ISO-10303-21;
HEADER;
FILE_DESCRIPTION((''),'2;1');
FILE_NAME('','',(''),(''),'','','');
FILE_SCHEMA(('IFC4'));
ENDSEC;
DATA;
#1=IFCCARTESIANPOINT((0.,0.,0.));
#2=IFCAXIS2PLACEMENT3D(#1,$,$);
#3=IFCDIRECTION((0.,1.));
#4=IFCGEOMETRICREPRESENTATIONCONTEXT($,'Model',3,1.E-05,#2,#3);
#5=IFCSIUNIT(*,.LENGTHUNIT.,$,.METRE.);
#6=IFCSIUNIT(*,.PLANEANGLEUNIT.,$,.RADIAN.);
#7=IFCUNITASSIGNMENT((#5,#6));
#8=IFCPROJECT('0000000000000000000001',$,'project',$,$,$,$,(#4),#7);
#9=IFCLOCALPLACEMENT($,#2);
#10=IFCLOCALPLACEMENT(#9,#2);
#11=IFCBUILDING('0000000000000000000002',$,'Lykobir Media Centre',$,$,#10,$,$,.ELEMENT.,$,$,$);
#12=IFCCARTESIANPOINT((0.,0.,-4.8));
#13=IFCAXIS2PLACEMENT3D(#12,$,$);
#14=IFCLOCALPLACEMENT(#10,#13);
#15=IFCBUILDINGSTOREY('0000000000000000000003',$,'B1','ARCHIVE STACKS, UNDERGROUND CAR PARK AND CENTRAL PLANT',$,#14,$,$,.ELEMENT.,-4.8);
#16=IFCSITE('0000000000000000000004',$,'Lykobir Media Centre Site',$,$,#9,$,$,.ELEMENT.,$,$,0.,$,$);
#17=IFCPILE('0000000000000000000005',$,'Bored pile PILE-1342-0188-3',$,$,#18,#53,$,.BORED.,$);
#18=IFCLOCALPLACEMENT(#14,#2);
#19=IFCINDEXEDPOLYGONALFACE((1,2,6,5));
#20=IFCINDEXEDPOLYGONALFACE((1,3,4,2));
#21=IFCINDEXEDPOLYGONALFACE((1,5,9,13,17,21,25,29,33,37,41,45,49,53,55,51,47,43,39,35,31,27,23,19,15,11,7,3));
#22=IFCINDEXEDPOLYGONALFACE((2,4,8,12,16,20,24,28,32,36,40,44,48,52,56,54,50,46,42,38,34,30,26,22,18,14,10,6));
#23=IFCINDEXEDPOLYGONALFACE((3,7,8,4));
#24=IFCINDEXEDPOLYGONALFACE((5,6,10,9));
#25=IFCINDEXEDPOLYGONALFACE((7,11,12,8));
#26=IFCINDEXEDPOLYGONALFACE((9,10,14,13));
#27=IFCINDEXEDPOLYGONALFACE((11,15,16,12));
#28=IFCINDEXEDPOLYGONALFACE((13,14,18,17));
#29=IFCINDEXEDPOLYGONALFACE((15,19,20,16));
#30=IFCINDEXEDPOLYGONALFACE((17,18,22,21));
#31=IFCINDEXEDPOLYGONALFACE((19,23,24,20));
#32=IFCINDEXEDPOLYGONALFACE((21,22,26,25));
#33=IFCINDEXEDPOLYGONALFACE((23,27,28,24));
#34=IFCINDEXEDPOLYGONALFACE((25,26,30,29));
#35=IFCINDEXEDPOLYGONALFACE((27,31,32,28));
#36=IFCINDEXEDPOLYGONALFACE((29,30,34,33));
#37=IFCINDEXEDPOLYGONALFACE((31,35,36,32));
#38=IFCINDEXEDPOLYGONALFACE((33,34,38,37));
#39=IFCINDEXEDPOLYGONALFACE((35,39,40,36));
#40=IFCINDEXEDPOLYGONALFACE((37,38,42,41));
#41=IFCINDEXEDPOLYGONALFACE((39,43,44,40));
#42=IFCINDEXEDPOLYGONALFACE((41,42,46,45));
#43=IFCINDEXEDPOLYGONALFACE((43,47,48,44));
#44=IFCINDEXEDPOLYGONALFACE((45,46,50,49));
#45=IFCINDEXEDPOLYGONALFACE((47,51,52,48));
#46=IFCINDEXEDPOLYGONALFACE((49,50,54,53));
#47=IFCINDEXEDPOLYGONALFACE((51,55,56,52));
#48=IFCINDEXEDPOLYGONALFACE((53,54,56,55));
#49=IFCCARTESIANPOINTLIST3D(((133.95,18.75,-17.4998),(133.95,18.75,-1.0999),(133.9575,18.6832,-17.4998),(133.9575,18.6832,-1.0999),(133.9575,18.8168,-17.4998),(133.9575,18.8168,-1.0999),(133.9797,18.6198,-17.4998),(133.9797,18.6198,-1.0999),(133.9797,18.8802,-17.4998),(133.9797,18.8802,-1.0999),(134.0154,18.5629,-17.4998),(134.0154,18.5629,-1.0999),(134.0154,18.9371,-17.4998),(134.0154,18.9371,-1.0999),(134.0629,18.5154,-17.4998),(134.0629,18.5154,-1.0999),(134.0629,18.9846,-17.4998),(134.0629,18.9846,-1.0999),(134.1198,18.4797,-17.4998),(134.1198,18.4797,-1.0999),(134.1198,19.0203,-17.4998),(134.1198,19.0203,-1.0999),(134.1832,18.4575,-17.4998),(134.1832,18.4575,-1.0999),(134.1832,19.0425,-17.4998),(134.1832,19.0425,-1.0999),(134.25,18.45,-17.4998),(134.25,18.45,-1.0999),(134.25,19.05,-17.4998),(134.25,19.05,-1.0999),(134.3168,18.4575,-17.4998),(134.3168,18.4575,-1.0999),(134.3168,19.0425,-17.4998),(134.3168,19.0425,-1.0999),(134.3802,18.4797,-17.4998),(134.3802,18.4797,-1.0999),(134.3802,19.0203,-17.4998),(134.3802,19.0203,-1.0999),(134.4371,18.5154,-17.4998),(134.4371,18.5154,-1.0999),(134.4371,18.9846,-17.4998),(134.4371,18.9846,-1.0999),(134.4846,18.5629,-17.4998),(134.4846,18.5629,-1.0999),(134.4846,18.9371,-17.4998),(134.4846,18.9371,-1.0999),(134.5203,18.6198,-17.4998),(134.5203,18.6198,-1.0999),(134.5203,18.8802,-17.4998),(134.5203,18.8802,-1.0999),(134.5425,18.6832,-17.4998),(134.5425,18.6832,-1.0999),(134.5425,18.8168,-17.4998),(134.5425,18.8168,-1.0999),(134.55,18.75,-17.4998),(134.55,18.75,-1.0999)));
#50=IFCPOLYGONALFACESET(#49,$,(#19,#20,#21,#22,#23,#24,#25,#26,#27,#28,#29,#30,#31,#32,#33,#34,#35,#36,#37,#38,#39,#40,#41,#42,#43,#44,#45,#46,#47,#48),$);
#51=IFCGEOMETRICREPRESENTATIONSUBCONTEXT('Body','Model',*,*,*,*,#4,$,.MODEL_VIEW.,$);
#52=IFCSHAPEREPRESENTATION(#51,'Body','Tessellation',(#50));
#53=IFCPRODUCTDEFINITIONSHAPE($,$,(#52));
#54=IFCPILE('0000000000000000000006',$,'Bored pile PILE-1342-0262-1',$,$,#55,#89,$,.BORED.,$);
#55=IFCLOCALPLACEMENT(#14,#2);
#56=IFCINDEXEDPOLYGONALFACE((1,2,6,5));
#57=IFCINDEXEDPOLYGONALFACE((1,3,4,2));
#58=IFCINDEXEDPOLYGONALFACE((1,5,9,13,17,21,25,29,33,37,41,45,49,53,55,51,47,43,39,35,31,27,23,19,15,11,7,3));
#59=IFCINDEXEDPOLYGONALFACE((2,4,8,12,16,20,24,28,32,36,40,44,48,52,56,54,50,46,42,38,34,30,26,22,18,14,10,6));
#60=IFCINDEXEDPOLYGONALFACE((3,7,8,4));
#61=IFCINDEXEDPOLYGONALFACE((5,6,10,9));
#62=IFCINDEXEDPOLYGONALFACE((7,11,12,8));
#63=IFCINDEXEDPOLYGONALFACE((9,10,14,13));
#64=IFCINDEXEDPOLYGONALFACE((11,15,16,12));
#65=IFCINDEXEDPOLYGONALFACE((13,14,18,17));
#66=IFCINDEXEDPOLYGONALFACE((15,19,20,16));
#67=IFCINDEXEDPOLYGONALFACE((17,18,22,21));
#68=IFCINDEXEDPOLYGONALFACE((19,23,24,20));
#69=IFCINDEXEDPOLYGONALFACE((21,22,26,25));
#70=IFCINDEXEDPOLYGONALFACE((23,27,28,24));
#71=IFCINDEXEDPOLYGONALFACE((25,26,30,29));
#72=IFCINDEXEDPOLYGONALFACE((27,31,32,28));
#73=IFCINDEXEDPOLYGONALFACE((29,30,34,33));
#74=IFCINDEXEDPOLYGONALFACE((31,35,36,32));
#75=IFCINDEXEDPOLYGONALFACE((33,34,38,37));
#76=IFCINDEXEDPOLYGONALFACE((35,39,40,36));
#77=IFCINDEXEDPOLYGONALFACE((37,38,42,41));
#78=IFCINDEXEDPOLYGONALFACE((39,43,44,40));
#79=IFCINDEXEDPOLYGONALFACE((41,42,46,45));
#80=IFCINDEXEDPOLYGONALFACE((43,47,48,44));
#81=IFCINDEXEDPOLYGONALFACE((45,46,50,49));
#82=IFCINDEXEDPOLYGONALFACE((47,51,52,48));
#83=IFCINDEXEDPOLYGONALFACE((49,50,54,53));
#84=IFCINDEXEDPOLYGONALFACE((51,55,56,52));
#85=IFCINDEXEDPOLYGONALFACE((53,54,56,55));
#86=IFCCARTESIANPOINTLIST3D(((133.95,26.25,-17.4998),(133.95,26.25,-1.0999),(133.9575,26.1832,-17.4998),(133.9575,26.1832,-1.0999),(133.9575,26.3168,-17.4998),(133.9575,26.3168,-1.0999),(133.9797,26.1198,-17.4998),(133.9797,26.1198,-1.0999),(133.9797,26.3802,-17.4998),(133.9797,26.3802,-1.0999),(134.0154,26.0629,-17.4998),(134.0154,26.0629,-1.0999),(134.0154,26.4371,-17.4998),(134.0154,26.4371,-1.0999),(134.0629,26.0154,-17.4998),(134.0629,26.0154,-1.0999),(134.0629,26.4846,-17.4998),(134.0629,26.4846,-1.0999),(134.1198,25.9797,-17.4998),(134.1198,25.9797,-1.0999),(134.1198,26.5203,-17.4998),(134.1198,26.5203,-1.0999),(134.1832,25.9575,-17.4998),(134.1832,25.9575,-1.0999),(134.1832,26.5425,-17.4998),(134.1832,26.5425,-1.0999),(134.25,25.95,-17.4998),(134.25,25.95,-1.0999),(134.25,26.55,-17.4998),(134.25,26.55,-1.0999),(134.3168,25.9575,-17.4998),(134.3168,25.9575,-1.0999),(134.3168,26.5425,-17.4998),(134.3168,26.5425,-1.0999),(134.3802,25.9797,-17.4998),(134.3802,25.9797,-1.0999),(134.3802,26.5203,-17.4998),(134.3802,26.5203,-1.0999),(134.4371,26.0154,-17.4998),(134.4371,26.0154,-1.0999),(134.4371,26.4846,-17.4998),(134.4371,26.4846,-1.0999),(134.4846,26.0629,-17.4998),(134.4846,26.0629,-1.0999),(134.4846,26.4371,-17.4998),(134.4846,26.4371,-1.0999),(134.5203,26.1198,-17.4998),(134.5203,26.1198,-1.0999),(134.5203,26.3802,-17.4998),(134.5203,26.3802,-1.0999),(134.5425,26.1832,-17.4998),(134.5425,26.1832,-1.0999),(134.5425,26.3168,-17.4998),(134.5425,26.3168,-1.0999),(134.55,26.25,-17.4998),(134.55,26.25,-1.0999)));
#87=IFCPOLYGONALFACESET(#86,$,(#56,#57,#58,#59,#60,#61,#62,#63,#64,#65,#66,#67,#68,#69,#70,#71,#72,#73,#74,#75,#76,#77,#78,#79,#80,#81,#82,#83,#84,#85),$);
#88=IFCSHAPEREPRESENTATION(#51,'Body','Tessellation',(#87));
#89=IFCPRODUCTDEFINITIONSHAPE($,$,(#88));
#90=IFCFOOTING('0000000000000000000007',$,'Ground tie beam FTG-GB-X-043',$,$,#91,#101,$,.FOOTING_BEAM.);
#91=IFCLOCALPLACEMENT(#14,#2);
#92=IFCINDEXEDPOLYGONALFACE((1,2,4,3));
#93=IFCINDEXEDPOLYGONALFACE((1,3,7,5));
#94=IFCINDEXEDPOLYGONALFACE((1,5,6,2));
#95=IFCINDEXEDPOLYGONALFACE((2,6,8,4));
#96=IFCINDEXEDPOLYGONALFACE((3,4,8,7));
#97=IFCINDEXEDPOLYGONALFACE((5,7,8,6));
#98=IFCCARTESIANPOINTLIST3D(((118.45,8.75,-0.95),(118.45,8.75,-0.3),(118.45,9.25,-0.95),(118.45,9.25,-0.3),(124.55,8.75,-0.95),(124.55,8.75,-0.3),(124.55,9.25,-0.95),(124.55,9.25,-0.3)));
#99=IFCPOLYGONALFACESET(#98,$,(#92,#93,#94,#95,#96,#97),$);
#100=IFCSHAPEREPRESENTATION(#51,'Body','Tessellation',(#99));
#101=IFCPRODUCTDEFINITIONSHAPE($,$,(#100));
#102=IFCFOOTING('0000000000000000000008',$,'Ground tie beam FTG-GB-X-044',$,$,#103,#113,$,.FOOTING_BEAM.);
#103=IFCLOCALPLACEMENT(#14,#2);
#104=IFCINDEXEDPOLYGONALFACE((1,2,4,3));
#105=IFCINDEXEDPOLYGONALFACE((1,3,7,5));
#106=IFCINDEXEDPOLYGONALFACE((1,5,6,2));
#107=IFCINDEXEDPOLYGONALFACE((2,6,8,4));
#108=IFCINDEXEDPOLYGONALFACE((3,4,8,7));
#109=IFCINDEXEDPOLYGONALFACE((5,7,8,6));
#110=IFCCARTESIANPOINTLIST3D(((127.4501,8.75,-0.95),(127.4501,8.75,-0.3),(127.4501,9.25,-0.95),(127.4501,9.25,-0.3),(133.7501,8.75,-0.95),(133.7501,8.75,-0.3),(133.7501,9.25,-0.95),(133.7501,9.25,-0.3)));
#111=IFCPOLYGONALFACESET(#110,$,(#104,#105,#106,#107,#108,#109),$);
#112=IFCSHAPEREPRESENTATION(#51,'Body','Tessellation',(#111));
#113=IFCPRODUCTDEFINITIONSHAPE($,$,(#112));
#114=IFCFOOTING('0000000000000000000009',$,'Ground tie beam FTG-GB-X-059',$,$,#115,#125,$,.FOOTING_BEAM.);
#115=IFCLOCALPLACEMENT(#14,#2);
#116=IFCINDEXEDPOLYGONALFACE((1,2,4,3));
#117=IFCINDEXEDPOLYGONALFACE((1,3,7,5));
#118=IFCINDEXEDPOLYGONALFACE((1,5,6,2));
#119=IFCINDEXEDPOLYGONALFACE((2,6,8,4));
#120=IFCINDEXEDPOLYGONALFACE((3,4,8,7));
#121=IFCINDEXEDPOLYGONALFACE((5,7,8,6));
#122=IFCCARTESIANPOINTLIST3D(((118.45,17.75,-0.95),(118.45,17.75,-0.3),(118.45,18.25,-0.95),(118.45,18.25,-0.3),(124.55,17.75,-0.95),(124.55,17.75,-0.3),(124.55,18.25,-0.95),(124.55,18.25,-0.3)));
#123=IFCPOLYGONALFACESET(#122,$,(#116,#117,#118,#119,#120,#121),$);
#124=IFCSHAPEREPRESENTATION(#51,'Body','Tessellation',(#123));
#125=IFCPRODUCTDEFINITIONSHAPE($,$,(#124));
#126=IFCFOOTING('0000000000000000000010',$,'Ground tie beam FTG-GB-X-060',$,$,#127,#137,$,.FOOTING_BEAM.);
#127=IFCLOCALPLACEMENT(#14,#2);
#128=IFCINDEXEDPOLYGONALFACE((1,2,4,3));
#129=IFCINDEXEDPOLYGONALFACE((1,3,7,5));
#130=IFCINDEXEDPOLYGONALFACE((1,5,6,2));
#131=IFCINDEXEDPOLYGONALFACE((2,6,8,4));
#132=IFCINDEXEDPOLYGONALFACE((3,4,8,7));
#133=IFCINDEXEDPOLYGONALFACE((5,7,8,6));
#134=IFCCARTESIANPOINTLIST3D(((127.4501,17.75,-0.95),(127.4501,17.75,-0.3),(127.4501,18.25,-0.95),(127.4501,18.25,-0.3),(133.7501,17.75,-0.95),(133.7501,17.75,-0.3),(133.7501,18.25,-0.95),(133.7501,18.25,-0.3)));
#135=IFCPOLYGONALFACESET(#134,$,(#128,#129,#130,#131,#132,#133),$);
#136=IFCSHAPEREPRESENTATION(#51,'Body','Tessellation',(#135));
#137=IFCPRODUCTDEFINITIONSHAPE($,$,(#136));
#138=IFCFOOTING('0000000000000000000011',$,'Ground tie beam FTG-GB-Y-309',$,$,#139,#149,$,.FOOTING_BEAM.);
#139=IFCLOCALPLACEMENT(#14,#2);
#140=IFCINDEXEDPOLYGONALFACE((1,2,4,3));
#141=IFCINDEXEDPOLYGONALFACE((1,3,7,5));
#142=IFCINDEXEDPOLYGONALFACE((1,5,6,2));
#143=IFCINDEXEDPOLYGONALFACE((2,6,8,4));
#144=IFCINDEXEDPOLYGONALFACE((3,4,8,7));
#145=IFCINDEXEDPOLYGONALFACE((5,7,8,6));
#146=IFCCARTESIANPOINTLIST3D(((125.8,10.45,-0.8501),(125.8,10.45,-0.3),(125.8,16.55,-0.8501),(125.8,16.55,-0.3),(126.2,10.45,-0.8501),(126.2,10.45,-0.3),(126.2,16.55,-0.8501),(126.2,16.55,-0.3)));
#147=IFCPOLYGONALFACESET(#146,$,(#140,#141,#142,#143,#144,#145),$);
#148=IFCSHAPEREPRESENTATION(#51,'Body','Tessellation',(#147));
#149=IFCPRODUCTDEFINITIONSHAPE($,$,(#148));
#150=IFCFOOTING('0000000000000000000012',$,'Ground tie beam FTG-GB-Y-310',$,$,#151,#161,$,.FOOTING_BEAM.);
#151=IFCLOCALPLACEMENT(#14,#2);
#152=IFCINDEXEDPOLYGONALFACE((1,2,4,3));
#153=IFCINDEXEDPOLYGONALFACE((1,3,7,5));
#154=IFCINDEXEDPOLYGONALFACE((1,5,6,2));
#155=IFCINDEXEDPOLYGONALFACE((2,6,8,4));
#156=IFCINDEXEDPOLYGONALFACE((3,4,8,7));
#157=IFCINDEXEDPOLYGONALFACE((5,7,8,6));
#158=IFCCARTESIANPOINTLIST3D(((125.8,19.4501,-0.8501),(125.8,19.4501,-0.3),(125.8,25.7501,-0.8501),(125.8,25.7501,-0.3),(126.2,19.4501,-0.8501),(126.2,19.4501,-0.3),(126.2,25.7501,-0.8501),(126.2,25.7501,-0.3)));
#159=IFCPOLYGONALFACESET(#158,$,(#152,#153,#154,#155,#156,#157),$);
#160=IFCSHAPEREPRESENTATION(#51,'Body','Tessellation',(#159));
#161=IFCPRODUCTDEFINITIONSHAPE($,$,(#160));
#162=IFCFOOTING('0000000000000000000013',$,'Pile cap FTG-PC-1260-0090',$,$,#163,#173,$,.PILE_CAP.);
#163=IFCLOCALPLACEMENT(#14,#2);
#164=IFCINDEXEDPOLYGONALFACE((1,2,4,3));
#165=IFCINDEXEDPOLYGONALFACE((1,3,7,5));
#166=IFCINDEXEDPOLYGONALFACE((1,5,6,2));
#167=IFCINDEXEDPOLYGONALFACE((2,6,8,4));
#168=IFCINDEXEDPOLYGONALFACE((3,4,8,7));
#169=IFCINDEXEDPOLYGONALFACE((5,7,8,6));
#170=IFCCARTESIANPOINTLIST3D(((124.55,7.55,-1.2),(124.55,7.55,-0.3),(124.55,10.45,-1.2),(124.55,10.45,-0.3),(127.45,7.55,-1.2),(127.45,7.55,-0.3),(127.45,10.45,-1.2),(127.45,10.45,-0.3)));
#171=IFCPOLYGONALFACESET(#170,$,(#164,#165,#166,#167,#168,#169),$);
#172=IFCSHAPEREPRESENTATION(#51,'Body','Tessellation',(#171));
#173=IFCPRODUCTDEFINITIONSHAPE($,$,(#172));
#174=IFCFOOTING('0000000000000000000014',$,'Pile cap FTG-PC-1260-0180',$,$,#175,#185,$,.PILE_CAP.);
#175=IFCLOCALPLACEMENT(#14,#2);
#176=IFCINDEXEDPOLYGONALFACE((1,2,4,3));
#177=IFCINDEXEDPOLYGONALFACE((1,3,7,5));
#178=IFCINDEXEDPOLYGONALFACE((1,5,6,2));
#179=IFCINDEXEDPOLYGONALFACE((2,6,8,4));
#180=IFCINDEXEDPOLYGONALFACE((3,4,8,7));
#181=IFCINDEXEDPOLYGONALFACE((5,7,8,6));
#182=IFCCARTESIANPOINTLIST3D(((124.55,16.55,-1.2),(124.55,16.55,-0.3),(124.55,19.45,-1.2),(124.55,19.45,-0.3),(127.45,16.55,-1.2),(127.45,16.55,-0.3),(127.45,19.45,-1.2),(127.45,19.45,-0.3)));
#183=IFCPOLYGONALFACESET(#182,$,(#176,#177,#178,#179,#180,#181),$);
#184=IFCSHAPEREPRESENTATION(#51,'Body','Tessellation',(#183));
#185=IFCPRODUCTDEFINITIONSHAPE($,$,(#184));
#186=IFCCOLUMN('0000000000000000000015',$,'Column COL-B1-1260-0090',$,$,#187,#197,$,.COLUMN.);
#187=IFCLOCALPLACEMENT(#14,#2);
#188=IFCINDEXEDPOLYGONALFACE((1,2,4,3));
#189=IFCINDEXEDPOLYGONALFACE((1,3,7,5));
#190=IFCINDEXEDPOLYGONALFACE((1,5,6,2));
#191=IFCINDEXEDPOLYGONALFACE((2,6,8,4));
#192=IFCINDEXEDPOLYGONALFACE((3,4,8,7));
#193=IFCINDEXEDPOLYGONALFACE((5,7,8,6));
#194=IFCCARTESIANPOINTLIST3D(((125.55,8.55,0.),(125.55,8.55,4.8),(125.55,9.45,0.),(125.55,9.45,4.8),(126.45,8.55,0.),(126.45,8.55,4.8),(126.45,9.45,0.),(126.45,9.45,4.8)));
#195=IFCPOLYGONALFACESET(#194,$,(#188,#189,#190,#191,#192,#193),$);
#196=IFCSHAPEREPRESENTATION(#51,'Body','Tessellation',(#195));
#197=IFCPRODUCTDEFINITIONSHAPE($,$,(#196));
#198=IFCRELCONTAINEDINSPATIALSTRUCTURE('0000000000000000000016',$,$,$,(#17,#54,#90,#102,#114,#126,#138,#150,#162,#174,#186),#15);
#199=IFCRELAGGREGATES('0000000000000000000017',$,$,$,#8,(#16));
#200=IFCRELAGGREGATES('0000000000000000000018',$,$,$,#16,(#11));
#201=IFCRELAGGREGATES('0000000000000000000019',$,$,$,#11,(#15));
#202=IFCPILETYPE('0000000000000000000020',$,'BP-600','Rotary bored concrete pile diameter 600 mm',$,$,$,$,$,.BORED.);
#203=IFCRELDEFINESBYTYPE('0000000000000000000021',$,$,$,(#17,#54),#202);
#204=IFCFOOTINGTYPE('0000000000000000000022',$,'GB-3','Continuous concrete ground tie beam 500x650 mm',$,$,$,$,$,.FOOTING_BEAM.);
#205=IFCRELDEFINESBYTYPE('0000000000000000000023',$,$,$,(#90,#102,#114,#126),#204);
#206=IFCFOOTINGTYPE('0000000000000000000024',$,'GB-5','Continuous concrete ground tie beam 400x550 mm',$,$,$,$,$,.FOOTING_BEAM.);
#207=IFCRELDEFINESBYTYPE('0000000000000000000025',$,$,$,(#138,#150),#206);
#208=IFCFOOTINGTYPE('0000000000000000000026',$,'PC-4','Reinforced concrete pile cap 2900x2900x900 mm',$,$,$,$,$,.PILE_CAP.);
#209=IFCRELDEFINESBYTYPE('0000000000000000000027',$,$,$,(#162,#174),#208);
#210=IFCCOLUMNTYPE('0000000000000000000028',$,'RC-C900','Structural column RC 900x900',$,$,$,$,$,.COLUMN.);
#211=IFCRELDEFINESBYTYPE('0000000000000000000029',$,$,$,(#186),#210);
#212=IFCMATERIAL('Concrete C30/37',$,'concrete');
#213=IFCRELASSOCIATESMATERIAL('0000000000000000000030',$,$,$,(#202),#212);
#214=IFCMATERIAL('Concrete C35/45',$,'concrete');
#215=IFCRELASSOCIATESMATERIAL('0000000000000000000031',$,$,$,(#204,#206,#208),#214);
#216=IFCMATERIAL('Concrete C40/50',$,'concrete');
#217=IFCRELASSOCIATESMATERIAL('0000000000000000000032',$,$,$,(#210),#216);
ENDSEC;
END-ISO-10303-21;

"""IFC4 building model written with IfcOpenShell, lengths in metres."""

from ifc_helpers import new_model, si_unit, direction, frame, origin, origin_2d, place, context, subcontext, project, spatial, rectangle, circle, extrude, material, material_profile, profile_set, type_object, element, save


model = new_model("IFC4")

# Units and contexts
model_context = context("Model", 3, precision=1e-05, world=origin(), true_north=direction((0.0, 1.0)))
body_context = subcontext(model_context, "Body", "Model", "MODEL_VIEW")
ifc_project = project(units=[si_unit("LENGTHUNIT", "METRE"), si_unit("PLANEANGLEUNIT", "RADIAN")], contexts=[model_context])

# Site, building, storey
site_placement = place(None, origin())
site = spatial("IfcSite", under=ifc_project, at=site_placement, Name="Lykobir Media Centre Site", CompositionType="ELEMENT", RefElevation=0.0)
building_placement = place(site_placement, origin())
building = spatial("IfcBuilding", under=site, at=building_placement, Name="Lykobir Media Centre", CompositionType="ELEMENT")
storey_placement = place(building_placement, frame((0.0, 0.0, -4.8)))
storey = spatial("IfcBuildingStorey", under=building, at=storey_placement, Name="B1", Description="ARCHIVE STACKS, UNDERGROUND CAR PARK AND CENTRAL PLANT", CompositionType="ELEMENT", Elevation=-4.8)

# Piles
ifc_material_1 = material(Name="Concrete C30/37", Category="concrete")
ifc_material_profile_1 = material_profile(ifc_material_1, circle(Radius=0.3, at=origin_2d()), Name="BORED PILE D600")
ifc_profile_set_1 = profile_set([ifc_material_profile_1], Name="Concrete C30/37")
pile_type = type_object("IfcPileType", Name="BP-600", Description="Rotary bored concrete pile diameter 600 mm", PredefinedType="BORED", material=ifc_profile_set_1)
for number, where, z_axis, x_axis, name in (
    (1, (134.25, 18.75, -1.0999), (0.0, 0.0, -1.0), (1.0, 0.0, 0.0), "Bored pile PILE-1342-0188-3"),
    (2, (134.25, 26.25, -1.0999), (0.0, 0.0, -1.0), (1.0, 0.0, 0.0), "Bored pile PILE-1342-0262-1"),
):
    element("IfcPile", number, at=place(storey_placement, frame(where, z_axis=z_axis, x_axis=x_axis)), inside=storey, type_object=pile_type, Name=name, PredefinedType="BORED", context=body_context, shape_type="SweptSolid", body=[
        extrude(circle(Radius=0.3, at=origin_2d()), origin(), (0.0, 0.0, 1.0), 16.3999),
    ])

# Footings
ifc_material_2 = material(Name="Concrete C35/45", Category="concrete")
footing_type_1 = type_object("IfcFootingType", Name="GB-3", Description="Continuous concrete ground tie beam 500x650 mm", PredefinedType="FOOTING_BEAM", material=ifc_material_2)
footing_1_placement = place(storey_placement, frame((121.5, 9.0, -0.95), z_axis=(0.0, 0.0, 1.0), x_axis=(1.0, 0.0, 0.0)))
element("IfcFooting", 3, at=footing_1_placement, inside=storey, type_object=footing_type_1, Name="Ground tie beam FTG-GB-X-043", PredefinedType="FOOTING_BEAM", context=body_context, shape_type="SweptSolid", body=[
    extrude(rectangle(XDim=6.1001, YDim=0.5, at=origin_2d()), origin(), (0.0, 0.0, 1.0), 0.6499),
])
footing_2_placement = place(storey_placement, frame((130.6001, 9.0, -0.95), z_axis=(0.0, 0.0, 1.0), x_axis=(1.0, 0.0, 0.0)))
element("IfcFooting", 4, at=footing_2_placement, inside=storey, type_object=footing_type_1, Name="Ground tie beam FTG-GB-X-044", PredefinedType="FOOTING_BEAM", context=body_context, shape_type="SweptSolid", body=[
    extrude(rectangle(XDim=6.3, YDim=0.5, at=origin_2d()), origin(), (0.0, 0.0, 1.0), 0.6499),
])
footing_3_placement = place(storey_placement, frame((121.5, 18.0, -0.95), z_axis=(0.0, 0.0, 1.0), x_axis=(1.0, 0.0, 0.0)))
element("IfcFooting", 5, at=footing_3_placement, inside=storey, type_object=footing_type_1, Name="Ground tie beam FTG-GB-X-059", PredefinedType="FOOTING_BEAM", context=body_context, shape_type="SweptSolid", body=[
    extrude(rectangle(XDim=6.1001, YDim=0.5, at=origin_2d()), origin(), (0.0, 0.0, 1.0), 0.6499),
])
footing_4_placement = place(storey_placement, frame((130.6001, 18.0, -0.95), z_axis=(0.0, 0.0, 1.0), x_axis=(1.0, 0.0, 0.0)))
element("IfcFooting", 6, at=footing_4_placement, inside=storey, type_object=footing_type_1, Name="Ground tie beam FTG-GB-X-060", PredefinedType="FOOTING_BEAM", context=body_context, shape_type="SweptSolid", body=[
    extrude(rectangle(XDim=6.3, YDim=0.5, at=origin_2d()), origin(), (0.0, 0.0, 1.0), 0.6499),
])
footing_type_2 = type_object("IfcFootingType", Name="GB-5", Description="Continuous concrete ground tie beam 400x550 mm", PredefinedType="FOOTING_BEAM", material=ifc_material_2)
footing_5_placement = place(storey_placement, frame((126.0, 13.5, -0.8501), z_axis=(0.0, 0.0, 1.0), x_axis=(0.0, 1.0, 0.0)))
element("IfcFooting", 7, at=footing_5_placement, inside=storey, type_object=footing_type_2, Name="Ground tie beam FTG-GB-Y-309", PredefinedType="FOOTING_BEAM", context=body_context, shape_type="SweptSolid", body=[
    extrude(rectangle(XDim=6.1001, YDim=0.3999, at=origin_2d()), origin(), (0.0, 0.0, 1.0), 0.55),
])
footing_6_placement = place(storey_placement, frame((126.0, 22.6001, -0.8501), z_axis=(0.0, 0.0, 1.0), x_axis=(0.0, 1.0, 0.0)))
element("IfcFooting", 8, at=footing_6_placement, inside=storey, type_object=footing_type_2, Name="Ground tie beam FTG-GB-Y-310", PredefinedType="FOOTING_BEAM", context=body_context, shape_type="SweptSolid", body=[
    extrude(rectangle(XDim=6.3, YDim=0.3999, at=origin_2d()), origin(), (0.0, 0.0, 1.0), 0.55),
])
footing_type_3 = type_object("IfcFootingType", Name="PC-4", Description="Reinforced concrete pile cap 2900x2900x900 mm", PredefinedType="PILE_CAP", material=ifc_material_2)
for number, where, z_axis, x_axis, name in (
    (9, (126.0, 9.0, -1.2), (0.0, 0.0, 1.0), (1.0, 0.0, 0.0), "Pile cap FTG-PC-1260-0090"),
    (10, (126.0, 18.0, -1.2), (0.0, 0.0, 1.0), (1.0, 0.0, 0.0), "Pile cap FTG-PC-1260-0180"),
):
    element("IfcFooting", number, at=place(storey_placement, frame(where, z_axis=z_axis, x_axis=x_axis)), inside=storey, type_object=footing_type_3, Name=name, PredefinedType="PILE_CAP", context=body_context, shape_type="SweptSolid", body=[
        extrude(rectangle(XDim=2.8999, YDim=2.8999, at=origin_2d()), origin(), (0.0, 0.0, 1.0), 0.8999),
    ])

# Column
ifc_material_3 = material(Name="Concrete C40/50", Category="concrete")
ifc_material_profile_2 = material_profile(ifc_material_3, rectangle(XDim=0.8999, YDim=0.8999, at=origin_2d()), Name="RC 900x900")
ifc_profile_set_2 = profile_set([ifc_material_profile_2], Name="Concrete C40/50")
column_type = type_object("IfcColumnType", Name="RC-C900", Description="Structural column RC 900x900", PredefinedType="COLUMN", material=ifc_profile_set_2)
for number, where, z_axis, x_axis, name in (
    (11, (126.0, 9.0, 0.0), (0.0, 0.0, 1.0), (1.0, 0.0, 0.0), "Column COL-B1-1260-0090"),
):
    element("IfcColumn", number, at=place(storey_placement, frame(where, z_axis=z_axis, x_axis=x_axis)), inside=storey, type_object=column_type, Name=name, PredefinedType="COLUMN", context=body_context, shape_type="SweptSolid", body=[
        extrude(rectangle(XDim=0.8999, YDim=0.8999, at=origin_2d()), origin(), (0.0, 0.0, 1.0), 4.8),
    ])

save(model, "model.ifc")
